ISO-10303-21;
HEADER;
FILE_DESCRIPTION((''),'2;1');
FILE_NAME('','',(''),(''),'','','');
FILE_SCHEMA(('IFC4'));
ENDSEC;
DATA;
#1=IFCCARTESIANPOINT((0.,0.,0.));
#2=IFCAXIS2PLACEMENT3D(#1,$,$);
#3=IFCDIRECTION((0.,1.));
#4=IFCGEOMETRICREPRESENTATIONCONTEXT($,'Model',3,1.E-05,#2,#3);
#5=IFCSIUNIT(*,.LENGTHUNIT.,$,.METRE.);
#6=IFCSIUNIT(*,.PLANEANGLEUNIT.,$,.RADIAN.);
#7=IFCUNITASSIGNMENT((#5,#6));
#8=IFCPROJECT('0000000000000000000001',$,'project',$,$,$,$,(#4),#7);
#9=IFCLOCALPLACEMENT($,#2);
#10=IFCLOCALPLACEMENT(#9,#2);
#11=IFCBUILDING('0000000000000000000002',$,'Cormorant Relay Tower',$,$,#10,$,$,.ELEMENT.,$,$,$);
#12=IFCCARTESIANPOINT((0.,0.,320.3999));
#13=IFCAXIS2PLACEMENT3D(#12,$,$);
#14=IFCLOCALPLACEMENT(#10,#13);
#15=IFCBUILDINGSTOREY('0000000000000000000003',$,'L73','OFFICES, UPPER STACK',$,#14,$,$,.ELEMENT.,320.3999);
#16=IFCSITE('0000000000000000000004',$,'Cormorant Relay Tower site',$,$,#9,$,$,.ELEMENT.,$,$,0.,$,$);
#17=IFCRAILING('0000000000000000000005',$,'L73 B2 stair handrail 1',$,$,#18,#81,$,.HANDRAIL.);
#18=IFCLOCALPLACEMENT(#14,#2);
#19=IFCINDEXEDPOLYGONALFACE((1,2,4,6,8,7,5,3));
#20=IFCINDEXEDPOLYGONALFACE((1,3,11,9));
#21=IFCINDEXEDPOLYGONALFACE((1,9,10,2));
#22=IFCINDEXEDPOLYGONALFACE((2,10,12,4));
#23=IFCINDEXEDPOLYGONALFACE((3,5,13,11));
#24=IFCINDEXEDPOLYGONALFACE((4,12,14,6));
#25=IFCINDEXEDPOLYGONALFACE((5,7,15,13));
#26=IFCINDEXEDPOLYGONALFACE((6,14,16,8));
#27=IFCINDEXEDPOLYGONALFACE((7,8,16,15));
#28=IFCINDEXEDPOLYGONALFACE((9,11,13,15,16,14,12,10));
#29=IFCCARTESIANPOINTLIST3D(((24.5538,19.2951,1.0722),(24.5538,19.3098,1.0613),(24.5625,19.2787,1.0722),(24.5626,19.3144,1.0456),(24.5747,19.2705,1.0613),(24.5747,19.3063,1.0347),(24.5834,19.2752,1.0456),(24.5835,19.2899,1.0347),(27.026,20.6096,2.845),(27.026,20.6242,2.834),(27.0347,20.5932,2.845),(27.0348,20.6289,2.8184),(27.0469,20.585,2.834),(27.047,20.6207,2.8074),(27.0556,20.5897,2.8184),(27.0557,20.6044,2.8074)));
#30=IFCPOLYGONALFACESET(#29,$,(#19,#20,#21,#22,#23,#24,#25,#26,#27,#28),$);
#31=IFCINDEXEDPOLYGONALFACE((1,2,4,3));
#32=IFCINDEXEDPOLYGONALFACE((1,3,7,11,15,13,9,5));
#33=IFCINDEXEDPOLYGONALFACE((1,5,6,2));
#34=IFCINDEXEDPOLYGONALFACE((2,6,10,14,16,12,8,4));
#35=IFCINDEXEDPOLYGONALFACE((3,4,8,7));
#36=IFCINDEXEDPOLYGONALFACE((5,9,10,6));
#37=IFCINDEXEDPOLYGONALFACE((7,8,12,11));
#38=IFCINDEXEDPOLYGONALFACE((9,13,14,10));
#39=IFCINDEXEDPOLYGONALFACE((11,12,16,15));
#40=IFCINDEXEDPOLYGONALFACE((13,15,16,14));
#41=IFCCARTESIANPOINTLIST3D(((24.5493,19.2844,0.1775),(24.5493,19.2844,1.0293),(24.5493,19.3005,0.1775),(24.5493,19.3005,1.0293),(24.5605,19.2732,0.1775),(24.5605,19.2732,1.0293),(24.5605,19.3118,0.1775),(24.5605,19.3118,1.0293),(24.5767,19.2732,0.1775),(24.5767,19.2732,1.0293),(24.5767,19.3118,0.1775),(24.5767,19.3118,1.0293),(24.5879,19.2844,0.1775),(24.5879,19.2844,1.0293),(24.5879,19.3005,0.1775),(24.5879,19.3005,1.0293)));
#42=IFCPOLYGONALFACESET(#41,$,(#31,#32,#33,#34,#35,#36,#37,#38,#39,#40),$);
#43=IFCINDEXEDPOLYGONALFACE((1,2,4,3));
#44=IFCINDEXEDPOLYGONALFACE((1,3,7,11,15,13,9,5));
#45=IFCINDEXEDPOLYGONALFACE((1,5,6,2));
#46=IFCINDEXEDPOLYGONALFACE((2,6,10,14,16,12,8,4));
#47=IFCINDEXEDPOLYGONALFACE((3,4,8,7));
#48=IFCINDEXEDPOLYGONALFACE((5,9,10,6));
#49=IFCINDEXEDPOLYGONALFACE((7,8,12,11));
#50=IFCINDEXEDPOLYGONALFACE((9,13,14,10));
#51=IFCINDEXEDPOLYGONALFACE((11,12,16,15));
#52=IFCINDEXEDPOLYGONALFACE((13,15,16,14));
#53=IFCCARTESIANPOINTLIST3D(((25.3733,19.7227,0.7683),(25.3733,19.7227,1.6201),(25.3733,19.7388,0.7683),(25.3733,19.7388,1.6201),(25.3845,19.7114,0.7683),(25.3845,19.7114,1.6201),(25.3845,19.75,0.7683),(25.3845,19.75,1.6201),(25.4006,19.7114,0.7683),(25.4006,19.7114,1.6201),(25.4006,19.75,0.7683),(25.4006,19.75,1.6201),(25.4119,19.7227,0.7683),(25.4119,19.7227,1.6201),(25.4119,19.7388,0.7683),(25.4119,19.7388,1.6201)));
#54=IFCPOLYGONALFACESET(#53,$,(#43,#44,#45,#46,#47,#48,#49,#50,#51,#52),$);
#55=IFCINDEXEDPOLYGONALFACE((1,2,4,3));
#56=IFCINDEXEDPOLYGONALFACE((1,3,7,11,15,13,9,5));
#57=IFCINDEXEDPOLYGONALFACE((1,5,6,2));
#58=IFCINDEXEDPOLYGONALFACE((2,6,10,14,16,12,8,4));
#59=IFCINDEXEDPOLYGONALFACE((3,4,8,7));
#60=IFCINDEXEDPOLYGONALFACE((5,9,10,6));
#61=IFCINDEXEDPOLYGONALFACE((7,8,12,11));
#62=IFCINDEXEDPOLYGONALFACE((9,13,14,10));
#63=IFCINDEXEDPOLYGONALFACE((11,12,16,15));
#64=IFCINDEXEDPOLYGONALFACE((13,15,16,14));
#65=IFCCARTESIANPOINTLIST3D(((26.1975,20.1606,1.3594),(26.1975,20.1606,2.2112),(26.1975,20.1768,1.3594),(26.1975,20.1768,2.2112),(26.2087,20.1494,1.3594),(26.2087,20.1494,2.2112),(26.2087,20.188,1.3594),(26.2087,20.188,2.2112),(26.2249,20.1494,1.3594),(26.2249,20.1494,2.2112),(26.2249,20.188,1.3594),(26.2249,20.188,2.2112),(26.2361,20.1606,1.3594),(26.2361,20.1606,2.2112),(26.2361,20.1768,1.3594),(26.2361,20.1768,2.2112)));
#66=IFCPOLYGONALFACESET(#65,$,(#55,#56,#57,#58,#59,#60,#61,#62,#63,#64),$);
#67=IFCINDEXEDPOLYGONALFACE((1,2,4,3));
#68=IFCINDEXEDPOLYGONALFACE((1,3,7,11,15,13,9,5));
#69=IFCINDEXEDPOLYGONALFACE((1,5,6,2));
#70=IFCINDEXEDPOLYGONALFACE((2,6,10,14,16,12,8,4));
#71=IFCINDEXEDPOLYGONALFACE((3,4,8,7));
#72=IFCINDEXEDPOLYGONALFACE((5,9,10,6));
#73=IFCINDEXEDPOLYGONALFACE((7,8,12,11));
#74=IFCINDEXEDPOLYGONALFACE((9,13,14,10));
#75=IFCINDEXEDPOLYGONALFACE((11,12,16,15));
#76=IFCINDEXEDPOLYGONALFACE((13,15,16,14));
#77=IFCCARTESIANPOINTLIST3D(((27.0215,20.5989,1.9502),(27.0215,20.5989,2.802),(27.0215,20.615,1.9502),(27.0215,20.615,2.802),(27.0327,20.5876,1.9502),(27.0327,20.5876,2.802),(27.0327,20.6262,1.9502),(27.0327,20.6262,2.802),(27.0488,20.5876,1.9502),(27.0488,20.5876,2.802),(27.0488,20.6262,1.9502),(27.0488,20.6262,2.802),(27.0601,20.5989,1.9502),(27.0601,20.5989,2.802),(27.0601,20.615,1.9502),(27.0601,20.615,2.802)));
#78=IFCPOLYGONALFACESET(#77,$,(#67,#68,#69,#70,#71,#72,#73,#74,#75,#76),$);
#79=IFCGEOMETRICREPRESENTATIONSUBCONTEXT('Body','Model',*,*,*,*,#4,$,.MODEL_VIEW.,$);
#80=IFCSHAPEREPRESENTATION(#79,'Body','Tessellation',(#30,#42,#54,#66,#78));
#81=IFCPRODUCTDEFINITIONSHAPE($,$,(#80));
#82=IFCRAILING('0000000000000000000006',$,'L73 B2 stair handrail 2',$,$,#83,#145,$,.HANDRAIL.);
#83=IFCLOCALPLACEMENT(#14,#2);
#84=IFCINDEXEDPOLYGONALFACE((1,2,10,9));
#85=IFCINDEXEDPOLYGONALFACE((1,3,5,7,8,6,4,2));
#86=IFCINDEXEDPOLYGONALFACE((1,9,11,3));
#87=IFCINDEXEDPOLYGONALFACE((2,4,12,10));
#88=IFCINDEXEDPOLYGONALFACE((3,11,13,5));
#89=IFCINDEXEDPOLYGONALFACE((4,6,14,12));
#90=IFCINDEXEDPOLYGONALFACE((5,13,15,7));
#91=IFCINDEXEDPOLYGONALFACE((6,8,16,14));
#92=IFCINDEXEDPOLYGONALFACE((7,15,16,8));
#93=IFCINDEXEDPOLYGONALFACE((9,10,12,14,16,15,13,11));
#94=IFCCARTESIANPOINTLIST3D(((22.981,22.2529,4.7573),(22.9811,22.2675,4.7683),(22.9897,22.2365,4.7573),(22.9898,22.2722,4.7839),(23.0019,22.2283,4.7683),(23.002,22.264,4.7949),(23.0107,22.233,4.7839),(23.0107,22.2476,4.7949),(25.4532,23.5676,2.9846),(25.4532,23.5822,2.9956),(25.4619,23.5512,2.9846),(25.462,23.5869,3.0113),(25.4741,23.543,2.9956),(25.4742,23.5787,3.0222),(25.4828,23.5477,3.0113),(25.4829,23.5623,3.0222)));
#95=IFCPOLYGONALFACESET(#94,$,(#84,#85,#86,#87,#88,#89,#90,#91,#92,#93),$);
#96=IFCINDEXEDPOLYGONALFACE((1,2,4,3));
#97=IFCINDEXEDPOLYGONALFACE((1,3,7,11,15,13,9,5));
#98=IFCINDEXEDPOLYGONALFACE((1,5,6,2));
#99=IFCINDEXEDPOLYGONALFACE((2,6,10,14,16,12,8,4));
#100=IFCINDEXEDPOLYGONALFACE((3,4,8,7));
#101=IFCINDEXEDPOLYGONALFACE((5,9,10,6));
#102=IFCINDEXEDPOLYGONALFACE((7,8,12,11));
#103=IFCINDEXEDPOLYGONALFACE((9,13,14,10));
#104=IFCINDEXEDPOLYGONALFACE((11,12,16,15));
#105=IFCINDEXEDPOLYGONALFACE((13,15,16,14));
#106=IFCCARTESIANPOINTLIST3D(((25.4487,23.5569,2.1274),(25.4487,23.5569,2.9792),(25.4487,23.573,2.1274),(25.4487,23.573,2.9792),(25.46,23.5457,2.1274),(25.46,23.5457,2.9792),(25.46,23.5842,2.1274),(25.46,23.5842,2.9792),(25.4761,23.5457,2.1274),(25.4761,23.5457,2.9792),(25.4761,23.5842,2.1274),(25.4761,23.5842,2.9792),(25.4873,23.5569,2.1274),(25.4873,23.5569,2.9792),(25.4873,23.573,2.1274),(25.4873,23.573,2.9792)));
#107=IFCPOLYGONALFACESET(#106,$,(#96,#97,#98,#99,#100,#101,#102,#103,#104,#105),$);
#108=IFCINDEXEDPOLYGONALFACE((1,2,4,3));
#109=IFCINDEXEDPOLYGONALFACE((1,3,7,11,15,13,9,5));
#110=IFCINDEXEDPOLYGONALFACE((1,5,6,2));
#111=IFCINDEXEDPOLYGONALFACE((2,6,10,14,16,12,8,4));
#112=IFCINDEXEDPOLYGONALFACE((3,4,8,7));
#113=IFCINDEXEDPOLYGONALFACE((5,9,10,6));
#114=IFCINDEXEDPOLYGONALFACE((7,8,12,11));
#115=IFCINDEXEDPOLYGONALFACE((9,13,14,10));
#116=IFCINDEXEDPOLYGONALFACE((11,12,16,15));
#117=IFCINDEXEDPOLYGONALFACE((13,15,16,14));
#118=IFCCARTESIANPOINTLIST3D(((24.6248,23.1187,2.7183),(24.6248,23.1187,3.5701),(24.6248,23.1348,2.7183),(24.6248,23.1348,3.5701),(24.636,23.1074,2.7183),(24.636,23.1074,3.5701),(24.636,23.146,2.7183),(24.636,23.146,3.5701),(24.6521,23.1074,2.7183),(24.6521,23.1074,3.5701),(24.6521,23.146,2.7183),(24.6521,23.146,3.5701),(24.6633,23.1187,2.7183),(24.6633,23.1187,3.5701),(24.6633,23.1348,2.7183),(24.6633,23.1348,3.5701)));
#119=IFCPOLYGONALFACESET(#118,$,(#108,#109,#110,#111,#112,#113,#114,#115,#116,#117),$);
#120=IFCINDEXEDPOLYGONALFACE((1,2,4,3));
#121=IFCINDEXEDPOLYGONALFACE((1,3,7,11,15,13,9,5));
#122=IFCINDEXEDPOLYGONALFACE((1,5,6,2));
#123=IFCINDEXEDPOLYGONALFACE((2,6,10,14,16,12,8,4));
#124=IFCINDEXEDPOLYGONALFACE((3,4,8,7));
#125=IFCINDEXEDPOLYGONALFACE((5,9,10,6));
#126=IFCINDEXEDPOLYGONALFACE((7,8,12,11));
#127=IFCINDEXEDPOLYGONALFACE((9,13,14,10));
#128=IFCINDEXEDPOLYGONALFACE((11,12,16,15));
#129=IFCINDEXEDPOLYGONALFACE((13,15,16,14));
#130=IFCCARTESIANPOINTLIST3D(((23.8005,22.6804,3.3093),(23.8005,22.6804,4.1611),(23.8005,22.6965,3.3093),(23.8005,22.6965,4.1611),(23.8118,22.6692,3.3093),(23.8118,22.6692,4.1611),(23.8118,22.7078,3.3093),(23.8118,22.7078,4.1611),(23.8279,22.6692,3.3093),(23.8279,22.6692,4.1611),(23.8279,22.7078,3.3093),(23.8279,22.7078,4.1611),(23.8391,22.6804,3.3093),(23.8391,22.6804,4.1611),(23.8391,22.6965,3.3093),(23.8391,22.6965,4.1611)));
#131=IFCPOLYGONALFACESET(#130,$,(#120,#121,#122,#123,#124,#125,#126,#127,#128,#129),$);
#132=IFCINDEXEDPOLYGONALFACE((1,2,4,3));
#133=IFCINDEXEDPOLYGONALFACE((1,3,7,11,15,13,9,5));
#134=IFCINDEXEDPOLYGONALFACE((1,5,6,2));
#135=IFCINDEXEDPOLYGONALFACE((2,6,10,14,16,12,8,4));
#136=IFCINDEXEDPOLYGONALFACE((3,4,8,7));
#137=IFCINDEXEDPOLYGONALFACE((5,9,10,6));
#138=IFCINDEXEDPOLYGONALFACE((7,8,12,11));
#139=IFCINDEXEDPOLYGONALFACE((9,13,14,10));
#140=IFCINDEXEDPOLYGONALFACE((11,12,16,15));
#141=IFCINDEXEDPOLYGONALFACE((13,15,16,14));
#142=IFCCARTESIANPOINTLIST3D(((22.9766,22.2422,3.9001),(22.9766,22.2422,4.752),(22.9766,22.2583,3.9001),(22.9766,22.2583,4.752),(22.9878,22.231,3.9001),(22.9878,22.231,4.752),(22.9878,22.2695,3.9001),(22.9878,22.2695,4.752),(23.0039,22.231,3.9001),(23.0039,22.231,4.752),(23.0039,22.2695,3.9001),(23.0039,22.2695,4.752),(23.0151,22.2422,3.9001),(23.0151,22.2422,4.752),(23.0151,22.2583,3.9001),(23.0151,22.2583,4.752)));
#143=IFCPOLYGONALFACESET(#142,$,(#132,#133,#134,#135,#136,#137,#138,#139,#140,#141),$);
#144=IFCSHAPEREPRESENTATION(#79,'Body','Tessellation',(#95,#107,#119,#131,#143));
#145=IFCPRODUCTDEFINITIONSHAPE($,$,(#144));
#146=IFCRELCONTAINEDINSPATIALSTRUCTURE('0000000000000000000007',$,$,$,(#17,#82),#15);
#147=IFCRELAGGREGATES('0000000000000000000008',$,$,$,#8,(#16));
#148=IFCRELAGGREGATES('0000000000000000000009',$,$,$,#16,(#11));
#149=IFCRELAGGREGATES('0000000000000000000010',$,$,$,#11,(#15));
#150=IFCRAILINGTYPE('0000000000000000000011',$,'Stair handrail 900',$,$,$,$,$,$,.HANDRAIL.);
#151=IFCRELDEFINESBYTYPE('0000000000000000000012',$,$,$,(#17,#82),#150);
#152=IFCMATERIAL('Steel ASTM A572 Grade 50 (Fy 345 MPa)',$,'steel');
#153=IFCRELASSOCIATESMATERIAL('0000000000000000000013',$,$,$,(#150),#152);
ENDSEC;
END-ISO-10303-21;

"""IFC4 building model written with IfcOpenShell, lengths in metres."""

from ifc_helpers import new_model, si_unit, direction, frame, origin, place, context, subcontext, project, spatial, polyline, outline, extrude, material, type_object, element, save


model = new_model("IFC4")

# Units and contexts
model_context = context("Model", 3, precision=1e-05, world=origin(), true_north=direction((0.0, 1.0)))
body_context = subcontext(model_context, "Body", "Model", "MODEL_VIEW")
ifc_project = project(units=[si_unit("LENGTHUNIT", "METRE"), si_unit("PLANEANGLEUNIT", "RADIAN")], contexts=[model_context])

# Site, building, storey
site_placement = place(None, origin())
site = spatial("IfcSite", under=ifc_project, at=site_placement, Name="Cormorant Relay Tower site", CompositionType="ELEMENT", RefElevation=0.0)
building_placement = place(site_placement, origin())
building = spatial("IfcBuilding", under=site, at=building_placement, Name="Cormorant Relay Tower", CompositionType="ELEMENT")
storey_placement = place(building_placement, frame((0.0, 0.0, 320.3999)))
storey = spatial("IfcBuildingStorey", under=building, at=storey_placement, Name="L73", Description="OFFICES, UPPER STACK", CompositionType="ELEMENT", Elevation=320.3999)

# Railings
ifc_material_1 = material(Name="Steel ASTM A572 Grade 50 (Fy 345 MPa)", Category="steel")
railing_type_1 = type_object("IfcRailingType", Name="Stair handrail 900", PredefinedType="HANDRAIL", material=ifc_material_1)
railing_1_placement = place(storey_placement, frame((24.5686, 19.2925, 0.1775)))
element("IfcRailing", 1, at=railing_1_placement, inside=storey, type_object=railing_type_1, Name="L73 B2 stair handrail 1", PredefinedType="HANDRAIL", context=body_context, shape_type="SweptSolid", body=[
    extrude(outline(polyline([(0.0222, 0.0093), (0.0093, 0.0222), (-0.0093, 0.0222), (-0.0222, 0.0093), (-0.0222, -0.0093), (-0.0093, -0.0222), (0.0093, -0.0222), (0.0222, -0.0093), (0.0222, 0.0093)])), frame((0.0, 0.0, 0.876), z_axis=(0.746001, 0.396649, 0.534931), x_axis=(-0.469465, 0.882951, 0.0)), (0.0, 0.0, 1.0), 3.314),
    extrude(outline(polyline([(0.0193, 0.0081), (0.0081, 0.0193), (-0.0081, 0.0193), (-0.0193, 0.0081), (-0.0193, -0.0081), (-0.0081, -0.0193), (0.0081, -0.0193), (0.0193, -0.0081), (0.0193, 0.0081)])), origin(), (0.0, 0.0, 1.0), 0.8518),
    extrude(outline(polyline([(0.0193, 0.0081), (0.0081, 0.0193), (-0.0081, 0.0193), (-0.0193, 0.0081), (-0.0193, -0.0081), (-0.0081, -0.0193), (0.0081, -0.0193), (0.0193, -0.0081), (0.0193, 0.0081)])), frame((0.824, 0.4382, 0.5908)), (0.0, 0.0, 1.0), 0.8518),
    extrude(outline(polyline([(0.0193, 0.0081), (0.0081, 0.0193), (-0.0081, 0.0193), (-0.0193, 0.0081), (-0.0193, -0.0081), (-0.0081, -0.0193), (0.0081, -0.0193), (0.0193, -0.0081), (0.0193, 0.0081)])), frame((1.6482, 0.8762, 1.1819)), (0.0, 0.0, 1.0), 0.8518),
    extrude(outline(polyline([(0.0193, 0.0081), (0.0081, 0.0193), (-0.0081, 0.0193), (-0.0193, 0.0081), (-0.0193, -0.0081), (-0.0081, -0.0193), (0.0081, -0.0193), (0.0193, -0.0081), (0.0193, 0.0081)])), frame((2.4722, 1.3145, 1.7727)), (0.0, 0.0, 1.0), 0.8518),
])
railing_2_placement = place(storey_placement, frame((25.468, 23.5649, 2.1274)))
element("IfcRailing", 2, at=railing_2_placement, inside=storey, type_object=railing_type_1, Name="L73 B2 stair handrail 2", PredefinedType="HANDRAIL", context=body_context, shape_type="SweptSolid", body=[
    extrude(outline(polyline([(0.0222, 0.0093), (0.0093, 0.0222), (-0.0093, 0.0222), (-0.0222, 0.0093), (-0.0222, -0.0093), (-0.0093, -0.0222), (0.0093, -0.0222), (0.0222, -0.0093), (0.0222, 0.0093)])), frame((0.0, 0.0, 0.876), z_axis=(-0.745979, -0.396711, 0.534916), x_axis=(0.469533, -0.882915, 0.0)), (0.0, 0.0, 1.0), 3.314),
    extrude(outline(polyline([(0.0193, 0.0081), (0.0081, 0.0193), (-0.0081, 0.0193), (-0.0193, 0.0081), (-0.0193, -0.0081), (-0.0081, -0.0193), (0.0081, -0.0193), (0.0193, -0.0081), (0.0193, 0.0081)])), origin(), (0.0, 0.0, 1.0), 0.8518),
    extrude(outline(polyline([(0.0193, 0.0081), (0.0081, 0.0193), (-0.0081, 0.0193), (-0.0193, 0.0081), (-0.0193, -0.0081), (-0.0081, -0.0193), (0.0081, -0.0193), (0.0193, -0.0081), (0.0193, 0.0081)])), frame((-0.824, -0.4382, 0.5908)), (0.0, 0.0, 1.0), 0.8518),
    extrude(outline(polyline([(0.0193, 0.0081), (0.0081, 0.0193), (-0.0081, 0.0193), (-0.0193, 0.0081), (-0.0193, -0.0081), (-0.0081, -0.0193), (0.0081, -0.0193), (0.0193, -0.0081), (0.0193, 0.0081)])), frame((-1.6482, -0.8765, 1.1819)), (0.0, 0.0, 1.0), 0.8518),
    extrude(outline(polyline([(0.0193, 0.0081), (0.0081, 0.0193), (-0.0081, 0.0193), (-0.0193, 0.0081), (-0.0193, -0.0081), (-0.0081, -0.0193), (0.0081, -0.0193), (0.0193, -0.0081), (0.0193, 0.0081)])), frame((-2.4722, -1.3147, 1.7727)), (0.0, 0.0, 1.0), 0.8518),
])

save(model, "model.ifc")
